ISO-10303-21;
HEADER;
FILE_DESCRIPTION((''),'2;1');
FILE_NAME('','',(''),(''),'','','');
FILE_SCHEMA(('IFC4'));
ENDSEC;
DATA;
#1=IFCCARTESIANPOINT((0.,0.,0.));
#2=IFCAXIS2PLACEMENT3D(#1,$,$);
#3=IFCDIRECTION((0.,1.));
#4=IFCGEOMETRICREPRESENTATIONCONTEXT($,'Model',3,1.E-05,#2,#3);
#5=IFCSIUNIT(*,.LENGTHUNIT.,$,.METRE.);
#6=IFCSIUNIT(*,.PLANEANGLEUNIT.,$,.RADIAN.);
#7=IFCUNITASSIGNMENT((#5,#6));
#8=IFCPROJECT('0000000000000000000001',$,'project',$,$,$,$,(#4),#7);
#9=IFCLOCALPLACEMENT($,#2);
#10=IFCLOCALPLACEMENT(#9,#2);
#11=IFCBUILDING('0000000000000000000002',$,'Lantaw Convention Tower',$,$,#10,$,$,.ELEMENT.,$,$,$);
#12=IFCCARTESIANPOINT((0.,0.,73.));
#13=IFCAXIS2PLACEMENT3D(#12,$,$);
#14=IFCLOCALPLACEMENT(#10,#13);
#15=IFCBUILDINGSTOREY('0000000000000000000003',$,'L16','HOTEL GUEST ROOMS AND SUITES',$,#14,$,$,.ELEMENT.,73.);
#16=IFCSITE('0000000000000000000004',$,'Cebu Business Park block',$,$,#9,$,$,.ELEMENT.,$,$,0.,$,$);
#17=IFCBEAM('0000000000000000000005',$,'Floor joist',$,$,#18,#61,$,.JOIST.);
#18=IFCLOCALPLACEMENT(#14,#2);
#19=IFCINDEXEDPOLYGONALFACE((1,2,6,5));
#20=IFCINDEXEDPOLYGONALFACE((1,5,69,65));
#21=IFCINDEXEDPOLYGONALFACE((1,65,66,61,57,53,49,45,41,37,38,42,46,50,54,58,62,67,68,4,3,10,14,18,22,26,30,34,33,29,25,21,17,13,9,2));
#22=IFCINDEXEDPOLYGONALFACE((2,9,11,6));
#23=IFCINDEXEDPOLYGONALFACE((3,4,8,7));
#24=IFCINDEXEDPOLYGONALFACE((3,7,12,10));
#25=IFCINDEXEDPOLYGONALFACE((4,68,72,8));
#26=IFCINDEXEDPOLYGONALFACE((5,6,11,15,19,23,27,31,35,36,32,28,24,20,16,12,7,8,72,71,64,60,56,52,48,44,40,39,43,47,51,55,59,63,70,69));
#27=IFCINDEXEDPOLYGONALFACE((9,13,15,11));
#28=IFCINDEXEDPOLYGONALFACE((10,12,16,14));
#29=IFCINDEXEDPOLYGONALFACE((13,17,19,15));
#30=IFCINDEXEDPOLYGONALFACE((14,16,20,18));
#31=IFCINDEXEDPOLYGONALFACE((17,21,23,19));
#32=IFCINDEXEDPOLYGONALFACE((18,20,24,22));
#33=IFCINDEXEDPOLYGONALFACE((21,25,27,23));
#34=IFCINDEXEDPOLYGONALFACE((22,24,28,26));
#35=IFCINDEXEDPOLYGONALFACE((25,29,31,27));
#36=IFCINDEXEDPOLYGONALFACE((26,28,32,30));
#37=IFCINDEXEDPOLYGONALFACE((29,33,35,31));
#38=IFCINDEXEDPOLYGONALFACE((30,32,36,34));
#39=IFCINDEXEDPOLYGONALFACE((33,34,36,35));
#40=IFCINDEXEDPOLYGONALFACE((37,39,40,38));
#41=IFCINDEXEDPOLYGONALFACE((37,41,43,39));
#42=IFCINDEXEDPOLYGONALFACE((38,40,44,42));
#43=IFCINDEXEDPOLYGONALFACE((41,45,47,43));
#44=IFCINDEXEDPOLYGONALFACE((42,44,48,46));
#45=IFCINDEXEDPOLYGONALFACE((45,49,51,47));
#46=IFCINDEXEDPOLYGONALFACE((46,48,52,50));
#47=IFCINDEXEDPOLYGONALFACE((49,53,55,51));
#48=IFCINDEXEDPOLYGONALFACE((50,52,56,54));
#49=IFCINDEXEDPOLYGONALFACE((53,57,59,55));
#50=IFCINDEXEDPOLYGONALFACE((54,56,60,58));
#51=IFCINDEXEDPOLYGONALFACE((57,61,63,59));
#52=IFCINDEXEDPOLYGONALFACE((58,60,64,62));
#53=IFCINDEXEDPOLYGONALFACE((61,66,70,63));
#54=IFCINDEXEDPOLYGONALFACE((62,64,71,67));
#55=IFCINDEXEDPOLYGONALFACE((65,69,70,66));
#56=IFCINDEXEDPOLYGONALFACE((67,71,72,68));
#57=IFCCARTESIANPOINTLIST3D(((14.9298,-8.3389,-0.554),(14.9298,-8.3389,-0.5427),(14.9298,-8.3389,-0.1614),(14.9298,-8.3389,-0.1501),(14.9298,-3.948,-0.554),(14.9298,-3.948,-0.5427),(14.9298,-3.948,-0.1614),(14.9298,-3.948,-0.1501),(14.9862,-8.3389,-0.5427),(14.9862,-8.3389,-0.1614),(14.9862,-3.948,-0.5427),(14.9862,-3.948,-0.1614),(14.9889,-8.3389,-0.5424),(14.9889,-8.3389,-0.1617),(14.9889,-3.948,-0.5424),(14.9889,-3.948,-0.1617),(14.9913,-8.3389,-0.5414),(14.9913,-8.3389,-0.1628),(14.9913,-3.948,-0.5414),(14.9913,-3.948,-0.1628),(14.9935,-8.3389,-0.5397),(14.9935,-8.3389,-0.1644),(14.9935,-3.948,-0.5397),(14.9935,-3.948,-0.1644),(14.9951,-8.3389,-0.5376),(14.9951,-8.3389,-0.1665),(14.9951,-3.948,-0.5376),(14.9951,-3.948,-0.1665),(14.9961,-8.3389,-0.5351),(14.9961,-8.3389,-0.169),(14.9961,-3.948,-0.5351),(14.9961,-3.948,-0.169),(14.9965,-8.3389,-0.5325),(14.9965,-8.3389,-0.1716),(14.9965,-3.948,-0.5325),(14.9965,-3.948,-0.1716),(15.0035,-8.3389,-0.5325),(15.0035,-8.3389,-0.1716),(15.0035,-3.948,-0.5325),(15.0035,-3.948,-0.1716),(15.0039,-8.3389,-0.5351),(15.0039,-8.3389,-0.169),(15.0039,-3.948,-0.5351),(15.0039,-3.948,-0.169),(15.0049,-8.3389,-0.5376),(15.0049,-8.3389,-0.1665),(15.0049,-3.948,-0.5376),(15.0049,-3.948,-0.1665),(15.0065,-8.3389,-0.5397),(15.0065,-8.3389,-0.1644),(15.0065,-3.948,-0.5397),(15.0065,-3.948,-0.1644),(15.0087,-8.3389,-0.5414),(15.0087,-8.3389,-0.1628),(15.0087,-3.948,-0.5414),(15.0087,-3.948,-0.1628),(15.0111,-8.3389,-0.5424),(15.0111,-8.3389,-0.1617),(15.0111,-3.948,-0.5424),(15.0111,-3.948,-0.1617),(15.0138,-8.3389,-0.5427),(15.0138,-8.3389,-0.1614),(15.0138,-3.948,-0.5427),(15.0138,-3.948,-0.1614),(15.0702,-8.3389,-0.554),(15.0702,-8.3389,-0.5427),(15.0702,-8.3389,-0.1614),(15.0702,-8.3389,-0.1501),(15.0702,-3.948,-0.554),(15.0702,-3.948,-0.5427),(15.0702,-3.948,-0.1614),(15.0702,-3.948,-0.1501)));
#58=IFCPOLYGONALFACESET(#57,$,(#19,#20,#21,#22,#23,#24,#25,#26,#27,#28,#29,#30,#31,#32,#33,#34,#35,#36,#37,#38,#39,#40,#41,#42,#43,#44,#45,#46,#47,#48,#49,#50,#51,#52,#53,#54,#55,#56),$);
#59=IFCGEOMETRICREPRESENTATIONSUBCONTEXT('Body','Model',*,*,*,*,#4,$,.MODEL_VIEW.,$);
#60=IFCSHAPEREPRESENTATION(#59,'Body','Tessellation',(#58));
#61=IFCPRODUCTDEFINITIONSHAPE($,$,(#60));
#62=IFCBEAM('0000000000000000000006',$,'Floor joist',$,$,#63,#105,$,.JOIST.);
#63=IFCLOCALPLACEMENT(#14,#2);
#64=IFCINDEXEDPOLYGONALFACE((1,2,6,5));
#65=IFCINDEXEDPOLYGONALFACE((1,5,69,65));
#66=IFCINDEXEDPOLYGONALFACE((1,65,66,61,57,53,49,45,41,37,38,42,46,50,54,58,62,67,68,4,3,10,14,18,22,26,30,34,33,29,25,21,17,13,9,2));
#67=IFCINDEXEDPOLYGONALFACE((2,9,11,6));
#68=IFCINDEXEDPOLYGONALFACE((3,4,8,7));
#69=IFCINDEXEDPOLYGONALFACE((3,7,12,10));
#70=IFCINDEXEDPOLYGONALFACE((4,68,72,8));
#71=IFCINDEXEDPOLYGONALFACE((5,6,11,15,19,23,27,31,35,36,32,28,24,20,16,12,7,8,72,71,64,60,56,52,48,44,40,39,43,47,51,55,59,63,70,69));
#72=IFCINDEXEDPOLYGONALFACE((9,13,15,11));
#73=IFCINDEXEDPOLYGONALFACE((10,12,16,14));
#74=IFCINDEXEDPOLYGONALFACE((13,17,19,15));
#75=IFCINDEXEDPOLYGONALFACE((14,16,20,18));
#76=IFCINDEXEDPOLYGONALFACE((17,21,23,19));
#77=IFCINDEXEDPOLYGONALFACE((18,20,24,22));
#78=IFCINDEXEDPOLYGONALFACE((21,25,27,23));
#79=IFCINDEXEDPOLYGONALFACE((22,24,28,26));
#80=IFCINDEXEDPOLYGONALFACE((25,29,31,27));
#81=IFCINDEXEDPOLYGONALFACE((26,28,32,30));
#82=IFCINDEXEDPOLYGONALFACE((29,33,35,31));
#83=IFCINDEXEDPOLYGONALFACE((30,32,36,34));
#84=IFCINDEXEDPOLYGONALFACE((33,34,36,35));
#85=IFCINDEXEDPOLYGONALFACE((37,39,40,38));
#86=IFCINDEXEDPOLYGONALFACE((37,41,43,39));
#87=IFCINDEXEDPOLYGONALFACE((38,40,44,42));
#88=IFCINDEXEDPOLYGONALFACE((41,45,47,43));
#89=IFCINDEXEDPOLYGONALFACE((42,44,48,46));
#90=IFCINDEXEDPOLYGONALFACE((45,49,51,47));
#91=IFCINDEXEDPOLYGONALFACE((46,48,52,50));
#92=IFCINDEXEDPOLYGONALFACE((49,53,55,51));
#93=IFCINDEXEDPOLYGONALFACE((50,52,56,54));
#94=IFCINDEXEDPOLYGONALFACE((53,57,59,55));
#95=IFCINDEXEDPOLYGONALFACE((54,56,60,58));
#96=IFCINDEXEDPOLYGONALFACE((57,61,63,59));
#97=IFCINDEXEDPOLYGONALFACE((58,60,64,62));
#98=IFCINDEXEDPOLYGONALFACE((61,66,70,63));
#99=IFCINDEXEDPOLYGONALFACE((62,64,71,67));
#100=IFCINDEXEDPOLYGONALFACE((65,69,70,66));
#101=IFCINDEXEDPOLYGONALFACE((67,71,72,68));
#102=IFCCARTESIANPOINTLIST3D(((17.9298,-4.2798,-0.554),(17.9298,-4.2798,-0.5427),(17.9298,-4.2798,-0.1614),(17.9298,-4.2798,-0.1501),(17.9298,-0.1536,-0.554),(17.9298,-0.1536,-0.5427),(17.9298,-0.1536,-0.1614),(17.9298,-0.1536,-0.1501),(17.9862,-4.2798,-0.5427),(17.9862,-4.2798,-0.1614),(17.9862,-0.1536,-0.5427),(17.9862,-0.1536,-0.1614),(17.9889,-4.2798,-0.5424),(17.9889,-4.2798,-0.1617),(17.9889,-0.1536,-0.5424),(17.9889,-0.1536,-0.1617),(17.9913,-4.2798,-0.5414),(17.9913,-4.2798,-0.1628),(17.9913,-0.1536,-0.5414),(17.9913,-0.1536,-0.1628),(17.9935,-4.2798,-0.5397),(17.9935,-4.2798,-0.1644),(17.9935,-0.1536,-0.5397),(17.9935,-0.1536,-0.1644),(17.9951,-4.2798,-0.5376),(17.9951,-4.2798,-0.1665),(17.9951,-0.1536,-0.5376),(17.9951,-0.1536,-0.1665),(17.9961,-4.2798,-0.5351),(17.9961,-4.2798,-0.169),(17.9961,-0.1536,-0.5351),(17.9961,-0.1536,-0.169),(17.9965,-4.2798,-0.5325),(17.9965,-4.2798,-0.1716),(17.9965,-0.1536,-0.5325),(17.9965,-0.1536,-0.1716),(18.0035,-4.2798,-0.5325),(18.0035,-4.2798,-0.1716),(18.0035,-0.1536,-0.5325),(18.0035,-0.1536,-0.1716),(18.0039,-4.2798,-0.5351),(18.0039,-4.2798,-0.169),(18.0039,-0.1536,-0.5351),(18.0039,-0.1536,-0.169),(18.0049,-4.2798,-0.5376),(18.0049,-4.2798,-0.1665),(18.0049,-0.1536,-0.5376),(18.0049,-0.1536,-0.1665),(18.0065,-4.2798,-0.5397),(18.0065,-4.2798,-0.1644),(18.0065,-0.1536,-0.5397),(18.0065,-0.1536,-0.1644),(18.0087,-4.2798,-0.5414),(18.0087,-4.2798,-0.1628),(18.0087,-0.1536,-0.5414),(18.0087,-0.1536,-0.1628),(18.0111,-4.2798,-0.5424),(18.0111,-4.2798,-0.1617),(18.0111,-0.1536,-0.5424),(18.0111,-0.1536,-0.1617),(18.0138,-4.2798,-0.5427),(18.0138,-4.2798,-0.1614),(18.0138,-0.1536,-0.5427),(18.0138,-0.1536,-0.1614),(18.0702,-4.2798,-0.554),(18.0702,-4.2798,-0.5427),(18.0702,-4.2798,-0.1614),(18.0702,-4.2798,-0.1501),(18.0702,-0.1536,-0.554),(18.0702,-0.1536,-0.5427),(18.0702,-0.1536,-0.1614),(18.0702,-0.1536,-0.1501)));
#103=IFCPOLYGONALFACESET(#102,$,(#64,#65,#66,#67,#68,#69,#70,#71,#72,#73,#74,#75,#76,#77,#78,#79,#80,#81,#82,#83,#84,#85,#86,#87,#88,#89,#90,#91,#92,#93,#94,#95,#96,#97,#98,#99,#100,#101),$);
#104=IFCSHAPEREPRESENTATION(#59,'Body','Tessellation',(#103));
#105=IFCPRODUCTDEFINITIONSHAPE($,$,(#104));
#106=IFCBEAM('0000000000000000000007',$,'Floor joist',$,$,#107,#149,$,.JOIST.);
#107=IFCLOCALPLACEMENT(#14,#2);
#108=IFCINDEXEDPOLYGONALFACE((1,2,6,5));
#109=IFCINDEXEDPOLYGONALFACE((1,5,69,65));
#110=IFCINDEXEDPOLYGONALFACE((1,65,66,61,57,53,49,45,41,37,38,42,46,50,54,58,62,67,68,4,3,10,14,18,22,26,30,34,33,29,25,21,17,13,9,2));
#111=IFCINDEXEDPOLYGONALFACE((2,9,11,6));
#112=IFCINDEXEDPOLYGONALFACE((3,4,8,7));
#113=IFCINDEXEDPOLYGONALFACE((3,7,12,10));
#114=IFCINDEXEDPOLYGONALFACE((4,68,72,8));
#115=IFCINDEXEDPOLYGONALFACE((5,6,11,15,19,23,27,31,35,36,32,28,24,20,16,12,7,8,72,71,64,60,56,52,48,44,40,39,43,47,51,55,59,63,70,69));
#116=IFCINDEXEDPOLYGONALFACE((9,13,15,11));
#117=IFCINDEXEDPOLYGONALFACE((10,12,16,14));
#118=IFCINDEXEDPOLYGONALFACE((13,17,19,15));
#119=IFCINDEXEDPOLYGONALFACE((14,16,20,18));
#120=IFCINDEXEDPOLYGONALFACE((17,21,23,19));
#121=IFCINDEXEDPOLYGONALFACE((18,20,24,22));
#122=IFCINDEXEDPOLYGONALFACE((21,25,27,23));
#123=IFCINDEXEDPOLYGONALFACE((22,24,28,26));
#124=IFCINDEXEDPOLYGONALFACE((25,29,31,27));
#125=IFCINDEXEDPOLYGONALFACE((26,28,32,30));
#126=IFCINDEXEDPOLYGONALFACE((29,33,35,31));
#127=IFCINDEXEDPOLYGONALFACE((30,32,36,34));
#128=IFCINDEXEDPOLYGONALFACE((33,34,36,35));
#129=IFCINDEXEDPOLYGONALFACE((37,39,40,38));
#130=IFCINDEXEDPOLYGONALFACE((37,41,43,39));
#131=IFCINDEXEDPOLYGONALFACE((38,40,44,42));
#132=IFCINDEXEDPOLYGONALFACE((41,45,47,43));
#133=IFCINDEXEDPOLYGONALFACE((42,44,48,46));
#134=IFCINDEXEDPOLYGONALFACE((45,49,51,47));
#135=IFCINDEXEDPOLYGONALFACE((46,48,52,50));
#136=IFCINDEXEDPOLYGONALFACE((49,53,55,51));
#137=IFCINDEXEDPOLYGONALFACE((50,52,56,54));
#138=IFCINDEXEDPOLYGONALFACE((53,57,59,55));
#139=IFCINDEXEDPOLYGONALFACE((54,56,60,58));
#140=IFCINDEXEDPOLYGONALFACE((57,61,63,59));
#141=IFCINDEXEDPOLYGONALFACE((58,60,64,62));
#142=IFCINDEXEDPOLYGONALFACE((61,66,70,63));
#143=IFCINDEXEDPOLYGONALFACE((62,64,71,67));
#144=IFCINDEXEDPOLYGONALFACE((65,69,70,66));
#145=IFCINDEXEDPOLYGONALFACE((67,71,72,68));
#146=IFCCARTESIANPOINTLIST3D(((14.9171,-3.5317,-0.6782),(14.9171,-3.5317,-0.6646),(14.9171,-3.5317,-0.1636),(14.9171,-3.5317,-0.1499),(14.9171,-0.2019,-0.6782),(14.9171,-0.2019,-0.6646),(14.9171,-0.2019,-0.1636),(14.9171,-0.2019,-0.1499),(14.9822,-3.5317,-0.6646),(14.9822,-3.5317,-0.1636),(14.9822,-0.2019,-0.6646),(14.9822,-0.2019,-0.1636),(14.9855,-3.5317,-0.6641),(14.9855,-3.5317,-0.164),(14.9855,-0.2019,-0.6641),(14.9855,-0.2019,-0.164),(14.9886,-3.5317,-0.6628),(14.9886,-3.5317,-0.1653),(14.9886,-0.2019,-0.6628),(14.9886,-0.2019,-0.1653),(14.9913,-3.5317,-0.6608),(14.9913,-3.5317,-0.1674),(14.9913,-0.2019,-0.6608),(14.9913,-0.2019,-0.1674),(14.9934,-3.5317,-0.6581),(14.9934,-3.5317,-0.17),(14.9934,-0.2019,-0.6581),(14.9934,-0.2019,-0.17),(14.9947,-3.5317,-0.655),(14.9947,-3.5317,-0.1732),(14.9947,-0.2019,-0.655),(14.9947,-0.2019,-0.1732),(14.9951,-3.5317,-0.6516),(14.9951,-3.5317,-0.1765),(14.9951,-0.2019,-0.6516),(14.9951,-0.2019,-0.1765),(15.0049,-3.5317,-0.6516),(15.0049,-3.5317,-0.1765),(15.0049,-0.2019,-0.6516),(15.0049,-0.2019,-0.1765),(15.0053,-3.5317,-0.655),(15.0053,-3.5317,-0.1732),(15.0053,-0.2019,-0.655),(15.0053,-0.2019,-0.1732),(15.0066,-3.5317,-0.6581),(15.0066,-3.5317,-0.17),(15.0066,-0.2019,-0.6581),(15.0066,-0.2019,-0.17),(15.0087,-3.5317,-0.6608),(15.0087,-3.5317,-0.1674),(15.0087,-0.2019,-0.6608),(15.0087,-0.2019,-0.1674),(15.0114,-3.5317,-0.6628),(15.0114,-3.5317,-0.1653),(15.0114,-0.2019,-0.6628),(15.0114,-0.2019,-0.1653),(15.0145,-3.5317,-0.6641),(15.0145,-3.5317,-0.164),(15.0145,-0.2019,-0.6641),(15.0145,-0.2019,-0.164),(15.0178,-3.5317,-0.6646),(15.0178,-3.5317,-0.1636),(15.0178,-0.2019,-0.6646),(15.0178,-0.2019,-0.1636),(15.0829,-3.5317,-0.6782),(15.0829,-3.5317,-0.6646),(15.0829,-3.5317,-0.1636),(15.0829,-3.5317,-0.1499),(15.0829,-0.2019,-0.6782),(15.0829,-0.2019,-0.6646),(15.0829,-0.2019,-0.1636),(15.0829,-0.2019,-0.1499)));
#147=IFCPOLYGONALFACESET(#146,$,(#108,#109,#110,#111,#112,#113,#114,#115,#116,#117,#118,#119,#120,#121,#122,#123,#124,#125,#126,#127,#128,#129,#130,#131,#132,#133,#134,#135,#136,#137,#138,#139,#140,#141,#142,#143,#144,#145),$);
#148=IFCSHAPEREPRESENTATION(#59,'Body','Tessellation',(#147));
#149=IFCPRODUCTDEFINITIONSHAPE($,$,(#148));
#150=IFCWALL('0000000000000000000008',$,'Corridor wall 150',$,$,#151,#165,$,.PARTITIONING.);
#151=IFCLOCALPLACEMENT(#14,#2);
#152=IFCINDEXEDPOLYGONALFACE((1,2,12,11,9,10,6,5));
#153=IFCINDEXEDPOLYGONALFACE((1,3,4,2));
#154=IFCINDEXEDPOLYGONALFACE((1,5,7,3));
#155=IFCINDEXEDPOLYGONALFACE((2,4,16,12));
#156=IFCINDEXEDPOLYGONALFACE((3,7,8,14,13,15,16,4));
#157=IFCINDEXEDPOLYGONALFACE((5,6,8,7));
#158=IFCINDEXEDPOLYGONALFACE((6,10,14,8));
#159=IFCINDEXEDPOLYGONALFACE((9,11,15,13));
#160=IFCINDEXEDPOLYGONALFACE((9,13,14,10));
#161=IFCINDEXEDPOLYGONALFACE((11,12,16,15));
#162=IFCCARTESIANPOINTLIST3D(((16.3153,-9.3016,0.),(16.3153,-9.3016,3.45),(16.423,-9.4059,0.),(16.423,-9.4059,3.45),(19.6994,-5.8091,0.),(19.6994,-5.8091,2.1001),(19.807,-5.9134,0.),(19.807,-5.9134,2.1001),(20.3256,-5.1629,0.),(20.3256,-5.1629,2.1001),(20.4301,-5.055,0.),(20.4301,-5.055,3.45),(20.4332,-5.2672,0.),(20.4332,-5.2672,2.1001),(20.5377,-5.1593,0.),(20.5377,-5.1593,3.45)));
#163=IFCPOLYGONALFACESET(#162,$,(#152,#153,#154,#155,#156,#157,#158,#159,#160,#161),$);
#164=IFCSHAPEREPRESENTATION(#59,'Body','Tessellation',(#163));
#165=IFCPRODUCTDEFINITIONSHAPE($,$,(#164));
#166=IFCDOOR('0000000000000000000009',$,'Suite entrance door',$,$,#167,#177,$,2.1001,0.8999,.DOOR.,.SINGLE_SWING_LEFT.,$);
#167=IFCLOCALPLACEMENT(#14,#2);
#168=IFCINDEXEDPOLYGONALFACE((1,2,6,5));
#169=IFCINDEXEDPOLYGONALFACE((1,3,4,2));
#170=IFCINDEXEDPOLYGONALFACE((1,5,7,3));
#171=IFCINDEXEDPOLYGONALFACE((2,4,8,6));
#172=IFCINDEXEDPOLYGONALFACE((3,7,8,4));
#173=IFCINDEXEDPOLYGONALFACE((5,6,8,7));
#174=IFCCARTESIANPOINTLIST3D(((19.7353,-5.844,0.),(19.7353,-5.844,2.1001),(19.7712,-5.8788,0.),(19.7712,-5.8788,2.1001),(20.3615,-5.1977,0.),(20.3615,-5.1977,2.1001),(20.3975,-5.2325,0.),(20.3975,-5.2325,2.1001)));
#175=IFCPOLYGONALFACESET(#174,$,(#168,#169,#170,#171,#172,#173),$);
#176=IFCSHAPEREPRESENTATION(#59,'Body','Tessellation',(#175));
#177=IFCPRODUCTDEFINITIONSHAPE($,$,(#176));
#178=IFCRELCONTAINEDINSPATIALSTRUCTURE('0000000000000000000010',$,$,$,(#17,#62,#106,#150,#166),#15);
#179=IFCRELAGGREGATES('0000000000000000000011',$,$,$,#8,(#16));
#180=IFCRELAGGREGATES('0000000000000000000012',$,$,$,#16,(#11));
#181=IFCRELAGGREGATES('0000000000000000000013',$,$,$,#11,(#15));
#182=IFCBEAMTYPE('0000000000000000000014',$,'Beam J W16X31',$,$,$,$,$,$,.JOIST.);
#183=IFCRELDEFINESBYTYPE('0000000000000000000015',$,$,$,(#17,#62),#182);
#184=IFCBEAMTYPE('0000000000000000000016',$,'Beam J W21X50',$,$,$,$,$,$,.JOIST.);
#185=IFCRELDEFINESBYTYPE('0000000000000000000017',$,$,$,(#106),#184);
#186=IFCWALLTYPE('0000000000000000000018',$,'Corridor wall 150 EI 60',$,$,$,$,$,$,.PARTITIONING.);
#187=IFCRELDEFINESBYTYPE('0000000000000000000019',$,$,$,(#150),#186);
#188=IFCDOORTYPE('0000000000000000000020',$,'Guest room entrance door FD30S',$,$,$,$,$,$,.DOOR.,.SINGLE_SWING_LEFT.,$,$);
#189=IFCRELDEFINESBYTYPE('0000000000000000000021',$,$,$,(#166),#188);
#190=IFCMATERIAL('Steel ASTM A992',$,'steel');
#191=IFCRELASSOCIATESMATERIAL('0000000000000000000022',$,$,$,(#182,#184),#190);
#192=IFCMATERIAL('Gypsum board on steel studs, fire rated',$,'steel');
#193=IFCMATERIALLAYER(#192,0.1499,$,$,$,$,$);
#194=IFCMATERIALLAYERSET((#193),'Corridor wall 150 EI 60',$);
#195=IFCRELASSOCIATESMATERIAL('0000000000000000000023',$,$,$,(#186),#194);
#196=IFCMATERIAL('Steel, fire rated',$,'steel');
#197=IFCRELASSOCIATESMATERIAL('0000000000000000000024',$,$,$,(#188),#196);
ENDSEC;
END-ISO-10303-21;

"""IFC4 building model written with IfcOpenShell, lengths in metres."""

from ifc_helpers import new_model, si_unit, direction, frame, frame_2d, origin, origin_2d, place, context, subcontext, project, spatial, rectangle, i_section, extrude, material, layer, layer_set, material_profile, profile_set, type_object, element, fill, save


model = new_model("IFC4")

# Units and contexts
model_context = context("Model", 3, precision=1e-05, world=origin(), true_north=direction((0.0, 1.0)))
body_context = subcontext(model_context, "Body", "Model", "MODEL_VIEW")
ifc_project = project(units=[si_unit("LENGTHUNIT", "METRE"), si_unit("PLANEANGLEUNIT", "RADIAN")], contexts=[model_context])

# Site, building, storey
site_placement = place(None, origin())
site = spatial("IfcSite", under=ifc_project, at=site_placement, Name="Cebu Business Park block", CompositionType="ELEMENT", RefElevation=0.0)
building_placement = place(site_placement, origin())
building = spatial("IfcBuilding", under=site, at=building_placement, Name="Lantaw Convention Tower", CompositionType="ELEMENT")
storey_placement = place(building_placement, frame((0.0, 0.0, 73.0)))
storey = spatial("IfcBuildingStorey", under=building, at=storey_placement, Name="L16", Description="HOTEL GUEST ROOMS AND SUITES", CompositionType="ELEMENT", Elevation=73.0)

# Beams
ifc_material_1 = material(Name="Steel ASTM A992", Category="steel")
ifc_material_profile_1 = material_profile(ifc_material_1, i_section(OverallWidth=0.1404, OverallDepth=0.4038, WebThickness=0.0071, FlangeThickness=0.0112, FilletRadius=0.0103, at=origin_2d()), Name="W16X31")
ifc_profile_set_1 = profile_set([ifc_material_profile_1], Name="Steel ASTM A992")
beam_type_1 = type_object("IfcBeamType", Name="Beam J W16X31", PredefinedType="JOIST", material=ifc_profile_set_1)
beam_1_placement = place(storey_placement, frame((15.0, -8.3389, -0.3521), z_axis=(0.0, 1.0, 0.0), x_axis=(-1.0, 0.0, 0.0)))
element("IfcBeam", 1, at=beam_1_placement, inside=storey, type_object=beam_type_1, Name="Floor joist", PredefinedType="JOIST", context=body_context, shape_type="SweptSolid", body=[
    extrude(i_section(OverallWidth=0.1404, OverallDepth=0.4038, WebThickness=0.0071, FlangeThickness=0.0112, FilletRadius=0.0103, at=origin_2d()), origin(), (0.0, 0.0, 1.0), 4.3909),
])
beam_2_placement = place(storey_placement, frame((18.0, -4.2798, -0.3521), z_axis=(0.0, 1.0, 0.0), x_axis=(-1.0, 0.0, 0.0)))
element("IfcBeam", 2, at=beam_2_placement, inside=storey, type_object=beam_type_1, Name="Floor joist", PredefinedType="JOIST", context=body_context, shape_type="SweptSolid", body=[
    extrude(i_section(OverallWidth=0.1404, OverallDepth=0.4038, WebThickness=0.0071, FlangeThickness=0.0112, FilletRadius=0.0103, at=origin_2d()), origin(), (0.0, 0.0, 1.0), 4.1262),
])
ifc_material_profile_2 = material_profile(ifc_material_1, i_section(OverallWidth=0.1658, OverallDepth=0.5283, WebThickness=0.0098, FlangeThickness=0.0137, FilletRadius=0.0129, at=origin_2d()), Name="W21X50")
ifc_profile_set_2 = profile_set([ifc_material_profile_2], Name="Steel ASTM A992")
beam_type_2 = type_object("IfcBeamType", Name="Beam J W21X50", PredefinedType="JOIST", material=ifc_profile_set_2)
beam_3_placement = place(storey_placement, frame((15.0, -3.5317, -0.4141), z_axis=(0.0, 1.0, 0.0), x_axis=(-1.0, 0.0, 0.0)))
element("IfcBeam", 3, at=beam_3_placement, inside=storey, type_object=beam_type_2, Name="Floor joist", PredefinedType="JOIST", context=body_context, shape_type="SweptSolid", body=[
    extrude(i_section(OverallWidth=0.1658, OverallDepth=0.5283, WebThickness=0.0098, FlangeThickness=0.0137, FilletRadius=0.0129, at=origin_2d()), origin(), (0.0, 0.0, 1.0), 3.3298),
])

# Wall, opening, door
ifc_material_2 = material(Name="Gypsum board on steel studs, fire rated", Category="steel")
ifc_layer = layer(ifc_material_2, 0.1499)
ifc_layer_set = layer_set([ifc_layer], Name="Corridor wall 150 EI 60")
wall_type = type_object("IfcWallType", Name="Corridor wall 150 EI 60", PredefinedType="PARTITIONING", material=ifc_layer_set)
wall_1_placement = place(storey_placement, frame((16.3691, -9.3538, 0.0), z_axis=(0.0, 0.0, 1.0), x_axis=(0.695871, 0.718167, 0.0)))
wall_1 = element("IfcWall", 4, at=wall_1_placement, inside=storey, type_object=wall_type, Name="Corridor wall 150", PredefinedType="PARTITIONING", context=body_context, shape_type="SweptSolid", body=[
    extrude(rectangle(XDim=5.9131, YDim=0.1499, at=frame_2d((2.9565, 0.0))), origin(), (0.0, 0.0, 1.0), 3.45),
])
opening_1_placement = place(wall_1_placement, frame((4.863, 0.0, 0.0)))
opening_1 = element("IfcOpeningElement", 5, at=opening_1_placement, cuts=wall_1, PredefinedType="OPENING", context=body_context, shape_type="SweptSolid", body=[
    extrude(rectangle(XDim=0.8999, YDim=2.1001, at=frame_2d((0.45, 1.05))), frame((0.0, 0.085, 0.0), z_axis=(0.0, -1.0, 0.0), x_axis=(1.0, 0.0, 0.0)), (0.0, 0.0, 1.0), 0.1699),
])
ifc_material_3 = material(Name="Steel, fire rated", Category="steel")
door_type_1 = type_object("IfcDoorType", Name="Guest room entrance door FD30S", OperationType="SINGLE_SWING_LEFT", PredefinedType="DOOR", material=ifc_material_3)
door_1_placement = place(opening_1_placement, origin())
door_1 = element("IfcDoor", 6, at=door_1_placement, inside=storey, type_object=door_type_1, Name="Suite entrance door", OperationType="SINGLE_SWING_LEFT", OverallHeight=2.1001, OverallWidth=0.8999, PredefinedType="DOOR", context=body_context, shape_type="SweptSolid", body=[
    extrude(rectangle(XDim=0.8999, YDim=2.1001, at=frame_2d((0.45, 1.05))), frame((0.0, 0.0249, 0.0), z_axis=(0.0, -1.0, 0.0), x_axis=(1.0, 0.0, 0.0)), (0.0, 0.0, 1.0), 0.05),
])
fill(opening_1, door_1)

save(model, "model.ifc")
